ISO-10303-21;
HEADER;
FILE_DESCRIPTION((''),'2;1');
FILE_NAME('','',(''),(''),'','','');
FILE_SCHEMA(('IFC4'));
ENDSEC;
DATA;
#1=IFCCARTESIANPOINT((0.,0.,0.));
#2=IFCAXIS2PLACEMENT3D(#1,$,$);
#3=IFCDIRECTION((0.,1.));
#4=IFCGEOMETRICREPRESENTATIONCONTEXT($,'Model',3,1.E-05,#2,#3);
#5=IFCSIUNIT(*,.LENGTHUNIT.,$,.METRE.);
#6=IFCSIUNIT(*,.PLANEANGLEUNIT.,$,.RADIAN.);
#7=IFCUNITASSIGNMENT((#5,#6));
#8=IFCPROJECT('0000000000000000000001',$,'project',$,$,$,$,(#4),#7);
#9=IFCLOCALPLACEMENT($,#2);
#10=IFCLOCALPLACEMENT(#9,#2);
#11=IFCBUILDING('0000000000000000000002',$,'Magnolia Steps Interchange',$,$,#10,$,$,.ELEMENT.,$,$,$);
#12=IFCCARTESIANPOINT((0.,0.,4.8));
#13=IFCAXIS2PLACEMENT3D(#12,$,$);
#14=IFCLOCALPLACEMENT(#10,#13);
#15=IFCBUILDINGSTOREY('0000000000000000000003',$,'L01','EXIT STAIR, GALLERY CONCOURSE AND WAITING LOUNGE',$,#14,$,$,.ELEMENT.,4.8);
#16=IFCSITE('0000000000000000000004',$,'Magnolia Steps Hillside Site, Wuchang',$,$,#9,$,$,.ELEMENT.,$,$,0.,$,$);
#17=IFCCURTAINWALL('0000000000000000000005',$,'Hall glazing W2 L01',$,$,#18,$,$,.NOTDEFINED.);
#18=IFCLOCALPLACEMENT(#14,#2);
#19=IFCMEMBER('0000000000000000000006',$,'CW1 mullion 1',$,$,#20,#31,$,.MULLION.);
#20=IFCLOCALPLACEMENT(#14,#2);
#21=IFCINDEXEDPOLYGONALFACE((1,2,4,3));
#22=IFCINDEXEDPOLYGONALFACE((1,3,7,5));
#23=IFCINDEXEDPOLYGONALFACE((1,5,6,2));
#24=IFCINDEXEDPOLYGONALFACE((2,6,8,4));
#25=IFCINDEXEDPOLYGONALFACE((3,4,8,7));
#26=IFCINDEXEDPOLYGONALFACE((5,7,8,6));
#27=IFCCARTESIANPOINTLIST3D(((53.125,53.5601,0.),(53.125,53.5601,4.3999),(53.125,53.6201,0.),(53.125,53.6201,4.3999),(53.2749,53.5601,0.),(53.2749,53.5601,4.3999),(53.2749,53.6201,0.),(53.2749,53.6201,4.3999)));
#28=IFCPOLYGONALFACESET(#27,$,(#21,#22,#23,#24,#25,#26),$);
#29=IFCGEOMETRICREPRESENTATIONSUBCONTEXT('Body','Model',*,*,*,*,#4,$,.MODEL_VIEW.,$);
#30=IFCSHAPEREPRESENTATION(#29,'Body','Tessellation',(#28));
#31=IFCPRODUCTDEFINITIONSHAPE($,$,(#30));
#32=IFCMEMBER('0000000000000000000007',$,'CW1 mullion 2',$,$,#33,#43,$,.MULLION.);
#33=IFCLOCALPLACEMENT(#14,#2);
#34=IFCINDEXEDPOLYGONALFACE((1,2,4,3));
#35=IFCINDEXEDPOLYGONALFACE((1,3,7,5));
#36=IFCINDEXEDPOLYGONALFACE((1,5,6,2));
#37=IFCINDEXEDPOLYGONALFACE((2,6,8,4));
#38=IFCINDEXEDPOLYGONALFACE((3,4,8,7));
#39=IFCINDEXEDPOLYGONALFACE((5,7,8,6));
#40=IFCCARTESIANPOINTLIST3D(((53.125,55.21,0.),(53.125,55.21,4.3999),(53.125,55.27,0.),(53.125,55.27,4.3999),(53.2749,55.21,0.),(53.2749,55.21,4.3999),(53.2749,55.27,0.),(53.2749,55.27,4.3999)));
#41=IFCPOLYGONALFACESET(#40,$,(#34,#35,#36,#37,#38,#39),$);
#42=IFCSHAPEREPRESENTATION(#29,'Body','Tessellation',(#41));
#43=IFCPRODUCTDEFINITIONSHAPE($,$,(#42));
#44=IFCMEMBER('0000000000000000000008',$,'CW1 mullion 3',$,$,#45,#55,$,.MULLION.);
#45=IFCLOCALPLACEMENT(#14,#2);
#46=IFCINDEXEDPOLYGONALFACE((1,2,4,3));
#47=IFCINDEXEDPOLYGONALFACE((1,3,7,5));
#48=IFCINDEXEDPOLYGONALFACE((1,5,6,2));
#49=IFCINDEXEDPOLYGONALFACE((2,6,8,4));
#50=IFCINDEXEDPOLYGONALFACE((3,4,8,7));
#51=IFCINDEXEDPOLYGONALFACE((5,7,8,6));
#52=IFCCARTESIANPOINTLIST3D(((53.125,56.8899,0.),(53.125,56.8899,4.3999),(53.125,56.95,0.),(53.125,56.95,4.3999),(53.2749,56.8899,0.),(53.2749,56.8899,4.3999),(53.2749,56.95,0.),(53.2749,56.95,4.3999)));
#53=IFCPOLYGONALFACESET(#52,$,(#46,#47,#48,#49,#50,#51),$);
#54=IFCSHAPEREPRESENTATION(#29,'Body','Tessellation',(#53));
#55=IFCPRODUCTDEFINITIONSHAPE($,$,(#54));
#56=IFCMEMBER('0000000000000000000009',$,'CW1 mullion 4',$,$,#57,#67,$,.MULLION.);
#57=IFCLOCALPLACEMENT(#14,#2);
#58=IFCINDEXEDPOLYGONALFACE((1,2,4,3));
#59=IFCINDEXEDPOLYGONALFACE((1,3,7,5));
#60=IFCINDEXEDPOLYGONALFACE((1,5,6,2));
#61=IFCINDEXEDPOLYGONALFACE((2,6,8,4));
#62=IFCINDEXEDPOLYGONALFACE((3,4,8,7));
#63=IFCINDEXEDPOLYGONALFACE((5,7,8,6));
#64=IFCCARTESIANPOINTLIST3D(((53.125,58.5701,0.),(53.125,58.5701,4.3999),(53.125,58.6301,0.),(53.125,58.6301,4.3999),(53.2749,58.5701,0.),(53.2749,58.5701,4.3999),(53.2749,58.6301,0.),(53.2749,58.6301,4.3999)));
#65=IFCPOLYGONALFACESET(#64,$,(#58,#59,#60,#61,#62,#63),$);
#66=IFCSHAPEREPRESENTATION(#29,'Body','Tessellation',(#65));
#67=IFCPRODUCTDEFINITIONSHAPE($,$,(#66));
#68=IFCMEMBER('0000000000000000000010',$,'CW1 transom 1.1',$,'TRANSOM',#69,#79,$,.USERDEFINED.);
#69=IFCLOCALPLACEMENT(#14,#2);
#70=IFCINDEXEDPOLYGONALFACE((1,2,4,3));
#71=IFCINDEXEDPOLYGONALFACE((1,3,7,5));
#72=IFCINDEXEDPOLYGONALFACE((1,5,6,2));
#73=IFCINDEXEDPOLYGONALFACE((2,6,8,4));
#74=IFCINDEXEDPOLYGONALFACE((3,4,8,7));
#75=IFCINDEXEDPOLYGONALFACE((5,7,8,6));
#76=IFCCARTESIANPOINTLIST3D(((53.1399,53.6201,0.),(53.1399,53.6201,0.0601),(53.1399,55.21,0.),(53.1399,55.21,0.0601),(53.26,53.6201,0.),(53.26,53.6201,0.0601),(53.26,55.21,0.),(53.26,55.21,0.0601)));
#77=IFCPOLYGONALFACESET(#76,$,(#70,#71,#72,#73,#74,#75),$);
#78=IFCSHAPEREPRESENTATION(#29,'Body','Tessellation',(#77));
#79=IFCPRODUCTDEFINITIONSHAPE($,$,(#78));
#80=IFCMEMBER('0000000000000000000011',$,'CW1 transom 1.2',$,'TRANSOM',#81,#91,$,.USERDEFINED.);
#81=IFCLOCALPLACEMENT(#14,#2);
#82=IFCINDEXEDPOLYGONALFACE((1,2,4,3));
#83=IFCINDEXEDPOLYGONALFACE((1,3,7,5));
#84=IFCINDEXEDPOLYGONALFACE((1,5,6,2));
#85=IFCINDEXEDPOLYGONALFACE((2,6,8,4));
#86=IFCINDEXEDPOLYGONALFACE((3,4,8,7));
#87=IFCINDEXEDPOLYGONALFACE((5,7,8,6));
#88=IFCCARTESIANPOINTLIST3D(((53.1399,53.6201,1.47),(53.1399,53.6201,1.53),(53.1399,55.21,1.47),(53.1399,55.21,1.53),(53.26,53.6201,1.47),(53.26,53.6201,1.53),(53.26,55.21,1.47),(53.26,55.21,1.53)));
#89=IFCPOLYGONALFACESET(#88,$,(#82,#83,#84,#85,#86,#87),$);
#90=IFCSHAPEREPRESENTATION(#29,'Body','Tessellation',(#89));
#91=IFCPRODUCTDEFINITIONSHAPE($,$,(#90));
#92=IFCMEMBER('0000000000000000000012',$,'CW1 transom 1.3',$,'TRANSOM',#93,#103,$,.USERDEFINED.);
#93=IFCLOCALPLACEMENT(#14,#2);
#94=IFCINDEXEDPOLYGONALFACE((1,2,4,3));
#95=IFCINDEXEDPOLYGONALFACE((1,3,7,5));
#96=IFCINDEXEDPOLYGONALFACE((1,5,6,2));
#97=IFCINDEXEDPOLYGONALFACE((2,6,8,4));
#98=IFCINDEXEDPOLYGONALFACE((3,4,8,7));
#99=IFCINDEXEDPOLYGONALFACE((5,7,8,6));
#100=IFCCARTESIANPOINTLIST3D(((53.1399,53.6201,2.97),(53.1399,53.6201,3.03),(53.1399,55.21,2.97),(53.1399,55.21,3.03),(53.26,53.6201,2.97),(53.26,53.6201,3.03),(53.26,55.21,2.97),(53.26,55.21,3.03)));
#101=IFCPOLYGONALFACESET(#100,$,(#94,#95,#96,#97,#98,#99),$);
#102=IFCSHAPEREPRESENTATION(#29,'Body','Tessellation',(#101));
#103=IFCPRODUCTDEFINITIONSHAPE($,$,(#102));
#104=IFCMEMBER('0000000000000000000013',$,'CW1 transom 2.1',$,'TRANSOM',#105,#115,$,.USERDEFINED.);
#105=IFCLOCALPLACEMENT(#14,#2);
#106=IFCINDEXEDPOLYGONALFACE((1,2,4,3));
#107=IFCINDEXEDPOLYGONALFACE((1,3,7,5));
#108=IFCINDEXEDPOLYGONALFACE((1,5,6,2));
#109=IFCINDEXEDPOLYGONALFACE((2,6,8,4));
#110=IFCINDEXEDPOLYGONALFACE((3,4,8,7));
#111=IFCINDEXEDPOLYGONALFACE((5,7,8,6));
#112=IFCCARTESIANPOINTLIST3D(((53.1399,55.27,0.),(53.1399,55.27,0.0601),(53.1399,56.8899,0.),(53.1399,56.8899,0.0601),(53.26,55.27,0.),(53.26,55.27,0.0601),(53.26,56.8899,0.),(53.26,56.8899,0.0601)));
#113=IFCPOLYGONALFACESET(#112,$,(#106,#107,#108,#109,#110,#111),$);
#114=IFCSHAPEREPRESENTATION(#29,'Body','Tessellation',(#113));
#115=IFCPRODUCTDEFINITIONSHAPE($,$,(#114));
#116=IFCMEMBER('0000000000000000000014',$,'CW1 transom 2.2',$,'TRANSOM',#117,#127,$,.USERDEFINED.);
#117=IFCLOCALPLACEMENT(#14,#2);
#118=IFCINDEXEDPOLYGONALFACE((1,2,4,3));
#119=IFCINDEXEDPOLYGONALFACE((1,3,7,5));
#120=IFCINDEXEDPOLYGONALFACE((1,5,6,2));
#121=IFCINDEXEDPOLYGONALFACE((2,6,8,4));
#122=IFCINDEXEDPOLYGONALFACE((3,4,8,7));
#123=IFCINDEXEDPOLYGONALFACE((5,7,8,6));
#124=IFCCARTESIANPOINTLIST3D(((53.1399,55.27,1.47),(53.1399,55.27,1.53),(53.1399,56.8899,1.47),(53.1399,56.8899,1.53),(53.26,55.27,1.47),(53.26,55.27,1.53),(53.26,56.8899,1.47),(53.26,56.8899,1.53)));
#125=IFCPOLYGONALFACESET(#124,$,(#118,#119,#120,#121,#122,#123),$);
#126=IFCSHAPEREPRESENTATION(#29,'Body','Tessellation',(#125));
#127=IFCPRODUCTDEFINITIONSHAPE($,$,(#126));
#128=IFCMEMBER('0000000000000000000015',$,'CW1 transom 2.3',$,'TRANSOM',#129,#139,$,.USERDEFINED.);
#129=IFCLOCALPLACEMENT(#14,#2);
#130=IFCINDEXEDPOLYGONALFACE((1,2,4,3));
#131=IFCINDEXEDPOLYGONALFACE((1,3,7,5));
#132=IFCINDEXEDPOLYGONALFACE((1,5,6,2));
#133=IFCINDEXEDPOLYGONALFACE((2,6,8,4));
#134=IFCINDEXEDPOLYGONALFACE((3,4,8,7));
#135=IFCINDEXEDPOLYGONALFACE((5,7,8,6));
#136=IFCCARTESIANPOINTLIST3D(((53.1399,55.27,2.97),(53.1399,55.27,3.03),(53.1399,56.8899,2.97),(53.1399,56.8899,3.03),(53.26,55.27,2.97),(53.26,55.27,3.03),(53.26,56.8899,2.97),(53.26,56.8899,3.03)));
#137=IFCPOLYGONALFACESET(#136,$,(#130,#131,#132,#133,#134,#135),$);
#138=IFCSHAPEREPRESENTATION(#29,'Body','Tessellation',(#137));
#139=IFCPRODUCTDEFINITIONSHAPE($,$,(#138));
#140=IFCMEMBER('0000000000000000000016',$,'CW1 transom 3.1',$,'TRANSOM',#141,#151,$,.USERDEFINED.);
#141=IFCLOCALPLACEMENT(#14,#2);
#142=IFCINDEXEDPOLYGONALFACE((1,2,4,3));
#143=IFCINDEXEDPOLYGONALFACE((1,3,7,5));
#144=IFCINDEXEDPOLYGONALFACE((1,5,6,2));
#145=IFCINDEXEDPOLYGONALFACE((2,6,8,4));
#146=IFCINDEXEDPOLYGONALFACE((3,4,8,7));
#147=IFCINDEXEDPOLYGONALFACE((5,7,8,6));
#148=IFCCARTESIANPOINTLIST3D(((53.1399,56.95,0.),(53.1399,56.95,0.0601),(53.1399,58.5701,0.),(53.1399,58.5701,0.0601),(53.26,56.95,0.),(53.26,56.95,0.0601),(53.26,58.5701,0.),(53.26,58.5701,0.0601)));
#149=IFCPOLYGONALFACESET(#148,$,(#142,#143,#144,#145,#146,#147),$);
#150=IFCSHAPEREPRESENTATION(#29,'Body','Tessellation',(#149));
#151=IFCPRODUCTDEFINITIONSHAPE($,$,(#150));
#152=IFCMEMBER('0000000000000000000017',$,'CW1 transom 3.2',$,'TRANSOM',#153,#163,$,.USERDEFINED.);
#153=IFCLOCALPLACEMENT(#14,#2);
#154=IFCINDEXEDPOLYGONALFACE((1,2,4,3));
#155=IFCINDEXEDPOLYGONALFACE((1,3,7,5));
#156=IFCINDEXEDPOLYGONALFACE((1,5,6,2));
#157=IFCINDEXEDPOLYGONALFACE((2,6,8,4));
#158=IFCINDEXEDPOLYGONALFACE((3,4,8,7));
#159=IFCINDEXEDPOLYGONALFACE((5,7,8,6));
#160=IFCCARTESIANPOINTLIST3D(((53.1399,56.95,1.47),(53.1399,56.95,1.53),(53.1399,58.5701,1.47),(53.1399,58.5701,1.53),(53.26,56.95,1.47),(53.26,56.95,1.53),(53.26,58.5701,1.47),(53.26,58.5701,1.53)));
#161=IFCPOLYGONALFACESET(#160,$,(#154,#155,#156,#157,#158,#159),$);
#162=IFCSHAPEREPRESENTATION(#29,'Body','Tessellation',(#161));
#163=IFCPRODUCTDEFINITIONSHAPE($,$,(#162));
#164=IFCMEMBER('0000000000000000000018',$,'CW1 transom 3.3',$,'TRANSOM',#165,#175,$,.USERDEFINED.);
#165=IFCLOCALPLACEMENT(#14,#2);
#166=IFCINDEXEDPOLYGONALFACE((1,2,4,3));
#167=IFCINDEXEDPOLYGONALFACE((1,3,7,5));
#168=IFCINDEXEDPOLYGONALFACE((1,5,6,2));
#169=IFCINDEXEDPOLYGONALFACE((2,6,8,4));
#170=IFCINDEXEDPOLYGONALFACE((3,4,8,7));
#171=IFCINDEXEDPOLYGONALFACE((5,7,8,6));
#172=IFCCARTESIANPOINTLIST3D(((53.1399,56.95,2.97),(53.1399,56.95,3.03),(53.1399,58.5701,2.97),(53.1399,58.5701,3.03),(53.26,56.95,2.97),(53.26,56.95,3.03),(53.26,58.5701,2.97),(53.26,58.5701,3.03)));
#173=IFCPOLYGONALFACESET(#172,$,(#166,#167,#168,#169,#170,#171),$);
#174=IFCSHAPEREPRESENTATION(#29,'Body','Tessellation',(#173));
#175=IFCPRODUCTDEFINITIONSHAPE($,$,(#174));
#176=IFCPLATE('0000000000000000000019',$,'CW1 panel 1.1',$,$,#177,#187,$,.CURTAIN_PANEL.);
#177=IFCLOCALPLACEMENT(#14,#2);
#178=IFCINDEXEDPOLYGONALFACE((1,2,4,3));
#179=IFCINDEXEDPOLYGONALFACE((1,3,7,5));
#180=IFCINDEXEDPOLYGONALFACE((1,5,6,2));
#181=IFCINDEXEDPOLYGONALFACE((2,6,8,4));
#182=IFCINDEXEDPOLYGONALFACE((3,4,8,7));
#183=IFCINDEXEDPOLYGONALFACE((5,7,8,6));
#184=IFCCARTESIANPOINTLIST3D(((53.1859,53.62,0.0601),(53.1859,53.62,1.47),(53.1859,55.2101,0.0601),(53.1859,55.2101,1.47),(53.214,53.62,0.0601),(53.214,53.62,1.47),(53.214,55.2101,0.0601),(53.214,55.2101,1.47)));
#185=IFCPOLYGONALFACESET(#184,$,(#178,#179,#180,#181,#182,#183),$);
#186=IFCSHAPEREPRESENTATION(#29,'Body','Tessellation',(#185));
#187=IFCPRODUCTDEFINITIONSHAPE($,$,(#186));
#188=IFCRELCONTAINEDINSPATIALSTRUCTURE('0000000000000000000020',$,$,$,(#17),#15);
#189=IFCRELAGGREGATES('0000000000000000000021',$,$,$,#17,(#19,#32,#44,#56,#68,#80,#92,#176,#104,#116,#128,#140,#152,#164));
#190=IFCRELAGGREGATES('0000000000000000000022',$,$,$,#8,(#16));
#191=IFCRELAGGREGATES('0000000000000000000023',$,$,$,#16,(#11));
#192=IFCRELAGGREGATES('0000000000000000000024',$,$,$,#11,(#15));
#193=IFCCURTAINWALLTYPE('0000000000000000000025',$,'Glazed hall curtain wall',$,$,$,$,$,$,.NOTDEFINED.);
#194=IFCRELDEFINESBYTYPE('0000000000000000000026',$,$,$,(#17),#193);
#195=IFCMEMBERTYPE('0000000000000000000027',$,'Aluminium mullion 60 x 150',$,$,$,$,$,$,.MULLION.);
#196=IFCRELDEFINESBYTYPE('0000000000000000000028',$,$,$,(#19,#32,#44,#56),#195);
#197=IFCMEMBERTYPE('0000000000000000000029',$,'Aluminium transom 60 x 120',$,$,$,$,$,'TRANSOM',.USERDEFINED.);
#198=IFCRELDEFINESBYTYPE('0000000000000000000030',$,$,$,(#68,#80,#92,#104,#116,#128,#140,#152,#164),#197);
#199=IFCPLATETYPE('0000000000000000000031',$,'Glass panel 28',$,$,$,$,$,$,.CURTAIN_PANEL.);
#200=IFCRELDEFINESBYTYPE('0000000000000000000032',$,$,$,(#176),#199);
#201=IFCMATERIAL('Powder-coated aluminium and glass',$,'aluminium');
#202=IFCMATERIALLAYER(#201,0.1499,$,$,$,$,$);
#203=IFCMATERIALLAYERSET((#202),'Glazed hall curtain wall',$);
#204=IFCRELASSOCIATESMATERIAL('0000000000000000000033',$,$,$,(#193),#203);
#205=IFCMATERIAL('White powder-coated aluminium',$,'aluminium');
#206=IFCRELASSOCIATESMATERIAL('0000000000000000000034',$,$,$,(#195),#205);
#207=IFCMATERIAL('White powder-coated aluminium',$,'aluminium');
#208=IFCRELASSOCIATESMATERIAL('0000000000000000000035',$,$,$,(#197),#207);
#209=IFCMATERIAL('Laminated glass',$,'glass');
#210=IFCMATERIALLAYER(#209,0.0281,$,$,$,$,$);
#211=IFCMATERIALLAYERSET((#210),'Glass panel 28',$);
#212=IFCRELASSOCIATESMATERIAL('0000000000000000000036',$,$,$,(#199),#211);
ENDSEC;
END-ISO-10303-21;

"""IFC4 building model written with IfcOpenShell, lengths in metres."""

from ifc_helpers import new_model, si_unit, direction, frame, origin, origin_2d, place, context, subcontext, project, spatial, rectangle, extrude, material, layer, layer_set, material_profile, profile_set, type_object, element, aggregate, save


model = new_model("IFC4")

# Units and contexts
model_context = context("Model", 3, precision=1e-05, world=origin(), true_north=direction((0.0, 1.0)))
body_context = subcontext(model_context, "Body", "Model", "MODEL_VIEW")
ifc_project = project(units=[si_unit("LENGTHUNIT", "METRE"), si_unit("PLANEANGLEUNIT", "RADIAN")], contexts=[model_context])

# Site, building, storey
site_placement = place(None, origin())
site = spatial("IfcSite", under=ifc_project, at=site_placement, Name="Magnolia Steps Hillside Site, Wuchang", CompositionType="ELEMENT", RefElevation=0.0)
building_placement = place(site_placement, origin())
building = spatial("IfcBuilding", under=site, at=building_placement, Name="Magnolia Steps Interchange", CompositionType="ELEMENT")
storey_placement = place(building_placement, frame((0.0, 0.0, 4.8)))
storey = spatial("IfcBuildingStorey", under=building, at=storey_placement, Name="L01", Description="EXIT STAIR, GALLERY CONCOURSE AND WAITING LOUNGE", CompositionType="ELEMENT", Elevation=4.8)

# Curtain wall, members, plate
ifc_material_1 = material(Name="Powder-coated aluminium and glass", Category="aluminium")
ifc_layer_1 = layer(ifc_material_1, 0.1499)
ifc_layer_set_1 = layer_set([ifc_layer_1], Name="Glazed hall curtain wall")
curtain_wall_type = type_object("IfcCurtainWallType", Name="Glazed hall curtain wall", PredefinedType="NOTDEFINED", material=ifc_layer_set_1)
curtain_wall_placement = place(storey_placement, origin())
curtain_wall = element("IfcCurtainWall", 1, at=curtain_wall_placement, inside=storey, type_object=curtain_wall_type, Name="Hall glazing W2 L01", PredefinedType="NOTDEFINED")
ifc_material_2 = material(Name="White powder-coated aluminium", Category="aluminium")
ifc_material_profile_1 = material_profile(ifc_material_2, rectangle(XDim=0.0601, YDim=0.1499, at=origin_2d()), Name="Aluminium mullion 60 x 150")
ifc_profile_set_1 = profile_set([ifc_material_profile_1], Name="White powder-coated aluminium")
member_type_1 = type_object("IfcMemberType", Name="Aluminium mullion 60 x 150", PredefinedType="MULLION", material=ifc_profile_set_1)
member_1_placement = place(storey_placement, frame((53.2, 53.5901, 0.0), z_axis=(0.0, 0.0, 1.0), x_axis=(0.0, 1.0, 0.0)))
member_1 = element("IfcMember", 2, at=member_1_placement, type_object=member_type_1, Name="CW1 mullion 1", PredefinedType="MULLION", context=body_context, shape_type="SweptSolid", body=[
    extrude(rectangle(XDim=0.0601, YDim=0.1499, at=origin_2d()), origin(), (0.0, 0.0, 1.0), 4.3999),
])
member_2_placement = place(storey_placement, frame((53.2, 55.24, 0.0), z_axis=(0.0, 0.0, 1.0), x_axis=(0.0, 1.0, 0.0)))
member_2 = element("IfcMember", 3, at=member_2_placement, type_object=member_type_1, Name="CW1 mullion 2", PredefinedType="MULLION", context=body_context, shape_type="SweptSolid", body=[
    extrude(rectangle(XDim=0.0601, YDim=0.1499, at=origin_2d()), origin(), (0.0, 0.0, 1.0), 4.3999),
])
member_3_placement = place(storey_placement, frame((53.2, 56.9199, 0.0), z_axis=(0.0, 0.0, 1.0), x_axis=(0.0, 1.0, 0.0)))
member_3 = element("IfcMember", 4, at=member_3_placement, type_object=member_type_1, Name="CW1 mullion 3", PredefinedType="MULLION", context=body_context, shape_type="SweptSolid", body=[
    extrude(rectangle(XDim=0.0601, YDim=0.1499, at=origin_2d()), origin(), (0.0, 0.0, 1.0), 4.3999),
])
member_4_placement = place(storey_placement, frame((53.2, 58.6001, 0.0), z_axis=(0.0, 0.0, 1.0), x_axis=(0.0, 1.0, 0.0)))
member_4 = element("IfcMember", 5, at=member_4_placement, type_object=member_type_1, Name="CW1 mullion 4", PredefinedType="MULLION", context=body_context, shape_type="SweptSolid", body=[
    extrude(rectangle(XDim=0.0601, YDim=0.1499, at=origin_2d()), origin(), (0.0, 0.0, 1.0), 4.3999),
])
ifc_material_3 = material(Name="White powder-coated aluminium", Category="aluminium")
ifc_material_profile_2 = material_profile(ifc_material_3, rectangle(XDim=0.0601, YDim=0.1201, at=origin_2d()), Name="Aluminium transom 60 x 120")
ifc_profile_set_2 = profile_set([ifc_material_profile_2], Name="White powder-coated aluminium")
member_type_2 = type_object("IfcMemberType", Name="Aluminium transom 60 x 120", ElementType="TRANSOM", PredefinedType="USERDEFINED", material=ifc_profile_set_2)
member_5_placement = place(storey_placement, frame((53.2, 53.6201, 0.03), z_axis=(0.0, 1.0, 0.0), x_axis=(0.0, 0.0, 1.0)))
member_5 = element("IfcMember", 6, at=member_5_placement, type_object=member_type_2, Name="CW1 transom 1.1", ObjectType="TRANSOM", PredefinedType="USERDEFINED", context=body_context, shape_type="SweptSolid", body=[
    extrude(rectangle(XDim=0.0601, YDim=0.1201, at=origin_2d()), origin(), (0.0, 0.0, 1.0), 1.5898),
])
member_6_placement = place(storey_placement, frame((53.2, 53.6201, 1.5), z_axis=(0.0, 1.0, 0.0), x_axis=(0.0, 0.0, 1.0)))
member_6 = element("IfcMember", 7, at=member_6_placement, type_object=member_type_2, Name="CW1 transom 1.2", ObjectType="TRANSOM", PredefinedType="USERDEFINED", context=body_context, shape_type="SweptSolid", body=[
    extrude(rectangle(XDim=0.0601, YDim=0.1201, at=origin_2d()), origin(), (0.0, 0.0, 1.0), 1.5898),
])
member_7_placement = place(storey_placement, frame((53.2, 53.6201, 3.0), z_axis=(0.0, 1.0, 0.0), x_axis=(0.0, 0.0, 1.0)))
member_7 = element("IfcMember", 8, at=member_7_placement, type_object=member_type_2, Name="CW1 transom 1.3", ObjectType="TRANSOM", PredefinedType="USERDEFINED", context=body_context, shape_type="SweptSolid", body=[
    extrude(rectangle(XDim=0.0601, YDim=0.1201, at=origin_2d()), origin(), (0.0, 0.0, 1.0), 1.5898),
])
member_8_placement = place(storey_placement, frame((53.2, 55.27, 0.03), z_axis=(0.0, 1.0, 0.0), x_axis=(0.0, 0.0, 1.0)))
member_8 = element("IfcMember", 9, at=member_8_placement, type_object=member_type_2, Name="CW1 transom 2.1", ObjectType="TRANSOM", PredefinedType="USERDEFINED", context=body_context, shape_type="SweptSolid", body=[
    extrude(rectangle(XDim=0.0601, YDim=0.1201, at=origin_2d()), origin(), (0.0, 0.0, 1.0), 1.6199),
])
member_9_placement = place(storey_placement, frame((53.2, 55.27, 1.5), z_axis=(0.0, 1.0, 0.0), x_axis=(0.0, 0.0, 1.0)))
member_9 = element("IfcMember", 10, at=member_9_placement, type_object=member_type_2, Name="CW1 transom 2.2", ObjectType="TRANSOM", PredefinedType="USERDEFINED", context=body_context, shape_type="SweptSolid", body=[
    extrude(rectangle(XDim=0.0601, YDim=0.1201, at=origin_2d()), origin(), (0.0, 0.0, 1.0), 1.6199),
])
member_10_placement = place(storey_placement, frame((53.2, 55.27, 3.0), z_axis=(0.0, 1.0, 0.0), x_axis=(0.0, 0.0, 1.0)))
member_10 = element("IfcMember", 11, at=member_10_placement, type_object=member_type_2, Name="CW1 transom 2.3", ObjectType="TRANSOM", PredefinedType="USERDEFINED", context=body_context, shape_type="SweptSolid", body=[
    extrude(rectangle(XDim=0.0601, YDim=0.1201, at=origin_2d()), origin(), (0.0, 0.0, 1.0), 1.6199),
])
member_11_placement = place(storey_placement, frame((53.2, 56.95, 0.03), z_axis=(0.0, 1.0, 0.0), x_axis=(0.0, 0.0, 1.0)))
member_11 = element("IfcMember", 12, at=member_11_placement, type_object=member_type_2, Name="CW1 transom 3.1", ObjectType="TRANSOM", PredefinedType="USERDEFINED", context=body_context, shape_type="SweptSolid", body=[
    extrude(rectangle(XDim=0.0601, YDim=0.1201, at=origin_2d()), origin(), (0.0, 0.0, 1.0), 1.6201),
])
member_12_placement = place(storey_placement, frame((53.2, 56.95, 1.5), z_axis=(0.0, 1.0, 0.0), x_axis=(0.0, 0.0, 1.0)))
member_12 = element("IfcMember", 13, at=member_12_placement, type_object=member_type_2, Name="CW1 transom 3.2", ObjectType="TRANSOM", PredefinedType="USERDEFINED", context=body_context, shape_type="SweptSolid", body=[
    extrude(rectangle(XDim=0.0601, YDim=0.1201, at=origin_2d()), origin(), (0.0, 0.0, 1.0), 1.6201),
])
member_13_placement = place(storey_placement, frame((53.2, 56.95, 3.0), z_axis=(0.0, 1.0, 0.0), x_axis=(0.0, 0.0, 1.0)))
member_13 = element("IfcMember", 14, at=member_13_placement, type_object=member_type_2, Name="CW1 transom 3.3", ObjectType="TRANSOM", PredefinedType="USERDEFINED", context=body_context, shape_type="SweptSolid", body=[
    extrude(rectangle(XDim=0.0601, YDim=0.1201, at=origin_2d()), origin(), (0.0, 0.0, 1.0), 1.6201),
])
ifc_material_4 = material(Name="Laminated glass", Category="glass")
ifc_layer_2 = layer(ifc_material_4, 0.0281)
ifc_layer_set_2 = layer_set([ifc_layer_2], Name="Glass panel 28")
plate_type = type_object("IfcPlateType", Name="Glass panel 28", PredefinedType="CURTAIN_PANEL", material=ifc_layer_set_2)
plate_1_placement = place(storey_placement, frame((53.2, 54.415, 0.0601), z_axis=(0.0, 0.0, 1.0), x_axis=(0.0, 1.0, 0.0)))
plate_1 = element("IfcPlate", 15, at=plate_1_placement, type_object=plate_type, Name="CW1 panel 1.1", PredefinedType="CURTAIN_PANEL", context=body_context, shape_type="SweptSolid", body=[
    extrude(rectangle(XDim=1.5901, YDim=0.0281, at=origin_2d()), origin(), (0.0, 0.0, 1.0), 1.4099),
])
aggregate(curtain_wall, [member_1, member_2, member_3, member_4, member_5, member_6, member_7, plate_1, member_8, member_9, member_10, member_11, member_12, member_13])

save(model, "model.ifc")
